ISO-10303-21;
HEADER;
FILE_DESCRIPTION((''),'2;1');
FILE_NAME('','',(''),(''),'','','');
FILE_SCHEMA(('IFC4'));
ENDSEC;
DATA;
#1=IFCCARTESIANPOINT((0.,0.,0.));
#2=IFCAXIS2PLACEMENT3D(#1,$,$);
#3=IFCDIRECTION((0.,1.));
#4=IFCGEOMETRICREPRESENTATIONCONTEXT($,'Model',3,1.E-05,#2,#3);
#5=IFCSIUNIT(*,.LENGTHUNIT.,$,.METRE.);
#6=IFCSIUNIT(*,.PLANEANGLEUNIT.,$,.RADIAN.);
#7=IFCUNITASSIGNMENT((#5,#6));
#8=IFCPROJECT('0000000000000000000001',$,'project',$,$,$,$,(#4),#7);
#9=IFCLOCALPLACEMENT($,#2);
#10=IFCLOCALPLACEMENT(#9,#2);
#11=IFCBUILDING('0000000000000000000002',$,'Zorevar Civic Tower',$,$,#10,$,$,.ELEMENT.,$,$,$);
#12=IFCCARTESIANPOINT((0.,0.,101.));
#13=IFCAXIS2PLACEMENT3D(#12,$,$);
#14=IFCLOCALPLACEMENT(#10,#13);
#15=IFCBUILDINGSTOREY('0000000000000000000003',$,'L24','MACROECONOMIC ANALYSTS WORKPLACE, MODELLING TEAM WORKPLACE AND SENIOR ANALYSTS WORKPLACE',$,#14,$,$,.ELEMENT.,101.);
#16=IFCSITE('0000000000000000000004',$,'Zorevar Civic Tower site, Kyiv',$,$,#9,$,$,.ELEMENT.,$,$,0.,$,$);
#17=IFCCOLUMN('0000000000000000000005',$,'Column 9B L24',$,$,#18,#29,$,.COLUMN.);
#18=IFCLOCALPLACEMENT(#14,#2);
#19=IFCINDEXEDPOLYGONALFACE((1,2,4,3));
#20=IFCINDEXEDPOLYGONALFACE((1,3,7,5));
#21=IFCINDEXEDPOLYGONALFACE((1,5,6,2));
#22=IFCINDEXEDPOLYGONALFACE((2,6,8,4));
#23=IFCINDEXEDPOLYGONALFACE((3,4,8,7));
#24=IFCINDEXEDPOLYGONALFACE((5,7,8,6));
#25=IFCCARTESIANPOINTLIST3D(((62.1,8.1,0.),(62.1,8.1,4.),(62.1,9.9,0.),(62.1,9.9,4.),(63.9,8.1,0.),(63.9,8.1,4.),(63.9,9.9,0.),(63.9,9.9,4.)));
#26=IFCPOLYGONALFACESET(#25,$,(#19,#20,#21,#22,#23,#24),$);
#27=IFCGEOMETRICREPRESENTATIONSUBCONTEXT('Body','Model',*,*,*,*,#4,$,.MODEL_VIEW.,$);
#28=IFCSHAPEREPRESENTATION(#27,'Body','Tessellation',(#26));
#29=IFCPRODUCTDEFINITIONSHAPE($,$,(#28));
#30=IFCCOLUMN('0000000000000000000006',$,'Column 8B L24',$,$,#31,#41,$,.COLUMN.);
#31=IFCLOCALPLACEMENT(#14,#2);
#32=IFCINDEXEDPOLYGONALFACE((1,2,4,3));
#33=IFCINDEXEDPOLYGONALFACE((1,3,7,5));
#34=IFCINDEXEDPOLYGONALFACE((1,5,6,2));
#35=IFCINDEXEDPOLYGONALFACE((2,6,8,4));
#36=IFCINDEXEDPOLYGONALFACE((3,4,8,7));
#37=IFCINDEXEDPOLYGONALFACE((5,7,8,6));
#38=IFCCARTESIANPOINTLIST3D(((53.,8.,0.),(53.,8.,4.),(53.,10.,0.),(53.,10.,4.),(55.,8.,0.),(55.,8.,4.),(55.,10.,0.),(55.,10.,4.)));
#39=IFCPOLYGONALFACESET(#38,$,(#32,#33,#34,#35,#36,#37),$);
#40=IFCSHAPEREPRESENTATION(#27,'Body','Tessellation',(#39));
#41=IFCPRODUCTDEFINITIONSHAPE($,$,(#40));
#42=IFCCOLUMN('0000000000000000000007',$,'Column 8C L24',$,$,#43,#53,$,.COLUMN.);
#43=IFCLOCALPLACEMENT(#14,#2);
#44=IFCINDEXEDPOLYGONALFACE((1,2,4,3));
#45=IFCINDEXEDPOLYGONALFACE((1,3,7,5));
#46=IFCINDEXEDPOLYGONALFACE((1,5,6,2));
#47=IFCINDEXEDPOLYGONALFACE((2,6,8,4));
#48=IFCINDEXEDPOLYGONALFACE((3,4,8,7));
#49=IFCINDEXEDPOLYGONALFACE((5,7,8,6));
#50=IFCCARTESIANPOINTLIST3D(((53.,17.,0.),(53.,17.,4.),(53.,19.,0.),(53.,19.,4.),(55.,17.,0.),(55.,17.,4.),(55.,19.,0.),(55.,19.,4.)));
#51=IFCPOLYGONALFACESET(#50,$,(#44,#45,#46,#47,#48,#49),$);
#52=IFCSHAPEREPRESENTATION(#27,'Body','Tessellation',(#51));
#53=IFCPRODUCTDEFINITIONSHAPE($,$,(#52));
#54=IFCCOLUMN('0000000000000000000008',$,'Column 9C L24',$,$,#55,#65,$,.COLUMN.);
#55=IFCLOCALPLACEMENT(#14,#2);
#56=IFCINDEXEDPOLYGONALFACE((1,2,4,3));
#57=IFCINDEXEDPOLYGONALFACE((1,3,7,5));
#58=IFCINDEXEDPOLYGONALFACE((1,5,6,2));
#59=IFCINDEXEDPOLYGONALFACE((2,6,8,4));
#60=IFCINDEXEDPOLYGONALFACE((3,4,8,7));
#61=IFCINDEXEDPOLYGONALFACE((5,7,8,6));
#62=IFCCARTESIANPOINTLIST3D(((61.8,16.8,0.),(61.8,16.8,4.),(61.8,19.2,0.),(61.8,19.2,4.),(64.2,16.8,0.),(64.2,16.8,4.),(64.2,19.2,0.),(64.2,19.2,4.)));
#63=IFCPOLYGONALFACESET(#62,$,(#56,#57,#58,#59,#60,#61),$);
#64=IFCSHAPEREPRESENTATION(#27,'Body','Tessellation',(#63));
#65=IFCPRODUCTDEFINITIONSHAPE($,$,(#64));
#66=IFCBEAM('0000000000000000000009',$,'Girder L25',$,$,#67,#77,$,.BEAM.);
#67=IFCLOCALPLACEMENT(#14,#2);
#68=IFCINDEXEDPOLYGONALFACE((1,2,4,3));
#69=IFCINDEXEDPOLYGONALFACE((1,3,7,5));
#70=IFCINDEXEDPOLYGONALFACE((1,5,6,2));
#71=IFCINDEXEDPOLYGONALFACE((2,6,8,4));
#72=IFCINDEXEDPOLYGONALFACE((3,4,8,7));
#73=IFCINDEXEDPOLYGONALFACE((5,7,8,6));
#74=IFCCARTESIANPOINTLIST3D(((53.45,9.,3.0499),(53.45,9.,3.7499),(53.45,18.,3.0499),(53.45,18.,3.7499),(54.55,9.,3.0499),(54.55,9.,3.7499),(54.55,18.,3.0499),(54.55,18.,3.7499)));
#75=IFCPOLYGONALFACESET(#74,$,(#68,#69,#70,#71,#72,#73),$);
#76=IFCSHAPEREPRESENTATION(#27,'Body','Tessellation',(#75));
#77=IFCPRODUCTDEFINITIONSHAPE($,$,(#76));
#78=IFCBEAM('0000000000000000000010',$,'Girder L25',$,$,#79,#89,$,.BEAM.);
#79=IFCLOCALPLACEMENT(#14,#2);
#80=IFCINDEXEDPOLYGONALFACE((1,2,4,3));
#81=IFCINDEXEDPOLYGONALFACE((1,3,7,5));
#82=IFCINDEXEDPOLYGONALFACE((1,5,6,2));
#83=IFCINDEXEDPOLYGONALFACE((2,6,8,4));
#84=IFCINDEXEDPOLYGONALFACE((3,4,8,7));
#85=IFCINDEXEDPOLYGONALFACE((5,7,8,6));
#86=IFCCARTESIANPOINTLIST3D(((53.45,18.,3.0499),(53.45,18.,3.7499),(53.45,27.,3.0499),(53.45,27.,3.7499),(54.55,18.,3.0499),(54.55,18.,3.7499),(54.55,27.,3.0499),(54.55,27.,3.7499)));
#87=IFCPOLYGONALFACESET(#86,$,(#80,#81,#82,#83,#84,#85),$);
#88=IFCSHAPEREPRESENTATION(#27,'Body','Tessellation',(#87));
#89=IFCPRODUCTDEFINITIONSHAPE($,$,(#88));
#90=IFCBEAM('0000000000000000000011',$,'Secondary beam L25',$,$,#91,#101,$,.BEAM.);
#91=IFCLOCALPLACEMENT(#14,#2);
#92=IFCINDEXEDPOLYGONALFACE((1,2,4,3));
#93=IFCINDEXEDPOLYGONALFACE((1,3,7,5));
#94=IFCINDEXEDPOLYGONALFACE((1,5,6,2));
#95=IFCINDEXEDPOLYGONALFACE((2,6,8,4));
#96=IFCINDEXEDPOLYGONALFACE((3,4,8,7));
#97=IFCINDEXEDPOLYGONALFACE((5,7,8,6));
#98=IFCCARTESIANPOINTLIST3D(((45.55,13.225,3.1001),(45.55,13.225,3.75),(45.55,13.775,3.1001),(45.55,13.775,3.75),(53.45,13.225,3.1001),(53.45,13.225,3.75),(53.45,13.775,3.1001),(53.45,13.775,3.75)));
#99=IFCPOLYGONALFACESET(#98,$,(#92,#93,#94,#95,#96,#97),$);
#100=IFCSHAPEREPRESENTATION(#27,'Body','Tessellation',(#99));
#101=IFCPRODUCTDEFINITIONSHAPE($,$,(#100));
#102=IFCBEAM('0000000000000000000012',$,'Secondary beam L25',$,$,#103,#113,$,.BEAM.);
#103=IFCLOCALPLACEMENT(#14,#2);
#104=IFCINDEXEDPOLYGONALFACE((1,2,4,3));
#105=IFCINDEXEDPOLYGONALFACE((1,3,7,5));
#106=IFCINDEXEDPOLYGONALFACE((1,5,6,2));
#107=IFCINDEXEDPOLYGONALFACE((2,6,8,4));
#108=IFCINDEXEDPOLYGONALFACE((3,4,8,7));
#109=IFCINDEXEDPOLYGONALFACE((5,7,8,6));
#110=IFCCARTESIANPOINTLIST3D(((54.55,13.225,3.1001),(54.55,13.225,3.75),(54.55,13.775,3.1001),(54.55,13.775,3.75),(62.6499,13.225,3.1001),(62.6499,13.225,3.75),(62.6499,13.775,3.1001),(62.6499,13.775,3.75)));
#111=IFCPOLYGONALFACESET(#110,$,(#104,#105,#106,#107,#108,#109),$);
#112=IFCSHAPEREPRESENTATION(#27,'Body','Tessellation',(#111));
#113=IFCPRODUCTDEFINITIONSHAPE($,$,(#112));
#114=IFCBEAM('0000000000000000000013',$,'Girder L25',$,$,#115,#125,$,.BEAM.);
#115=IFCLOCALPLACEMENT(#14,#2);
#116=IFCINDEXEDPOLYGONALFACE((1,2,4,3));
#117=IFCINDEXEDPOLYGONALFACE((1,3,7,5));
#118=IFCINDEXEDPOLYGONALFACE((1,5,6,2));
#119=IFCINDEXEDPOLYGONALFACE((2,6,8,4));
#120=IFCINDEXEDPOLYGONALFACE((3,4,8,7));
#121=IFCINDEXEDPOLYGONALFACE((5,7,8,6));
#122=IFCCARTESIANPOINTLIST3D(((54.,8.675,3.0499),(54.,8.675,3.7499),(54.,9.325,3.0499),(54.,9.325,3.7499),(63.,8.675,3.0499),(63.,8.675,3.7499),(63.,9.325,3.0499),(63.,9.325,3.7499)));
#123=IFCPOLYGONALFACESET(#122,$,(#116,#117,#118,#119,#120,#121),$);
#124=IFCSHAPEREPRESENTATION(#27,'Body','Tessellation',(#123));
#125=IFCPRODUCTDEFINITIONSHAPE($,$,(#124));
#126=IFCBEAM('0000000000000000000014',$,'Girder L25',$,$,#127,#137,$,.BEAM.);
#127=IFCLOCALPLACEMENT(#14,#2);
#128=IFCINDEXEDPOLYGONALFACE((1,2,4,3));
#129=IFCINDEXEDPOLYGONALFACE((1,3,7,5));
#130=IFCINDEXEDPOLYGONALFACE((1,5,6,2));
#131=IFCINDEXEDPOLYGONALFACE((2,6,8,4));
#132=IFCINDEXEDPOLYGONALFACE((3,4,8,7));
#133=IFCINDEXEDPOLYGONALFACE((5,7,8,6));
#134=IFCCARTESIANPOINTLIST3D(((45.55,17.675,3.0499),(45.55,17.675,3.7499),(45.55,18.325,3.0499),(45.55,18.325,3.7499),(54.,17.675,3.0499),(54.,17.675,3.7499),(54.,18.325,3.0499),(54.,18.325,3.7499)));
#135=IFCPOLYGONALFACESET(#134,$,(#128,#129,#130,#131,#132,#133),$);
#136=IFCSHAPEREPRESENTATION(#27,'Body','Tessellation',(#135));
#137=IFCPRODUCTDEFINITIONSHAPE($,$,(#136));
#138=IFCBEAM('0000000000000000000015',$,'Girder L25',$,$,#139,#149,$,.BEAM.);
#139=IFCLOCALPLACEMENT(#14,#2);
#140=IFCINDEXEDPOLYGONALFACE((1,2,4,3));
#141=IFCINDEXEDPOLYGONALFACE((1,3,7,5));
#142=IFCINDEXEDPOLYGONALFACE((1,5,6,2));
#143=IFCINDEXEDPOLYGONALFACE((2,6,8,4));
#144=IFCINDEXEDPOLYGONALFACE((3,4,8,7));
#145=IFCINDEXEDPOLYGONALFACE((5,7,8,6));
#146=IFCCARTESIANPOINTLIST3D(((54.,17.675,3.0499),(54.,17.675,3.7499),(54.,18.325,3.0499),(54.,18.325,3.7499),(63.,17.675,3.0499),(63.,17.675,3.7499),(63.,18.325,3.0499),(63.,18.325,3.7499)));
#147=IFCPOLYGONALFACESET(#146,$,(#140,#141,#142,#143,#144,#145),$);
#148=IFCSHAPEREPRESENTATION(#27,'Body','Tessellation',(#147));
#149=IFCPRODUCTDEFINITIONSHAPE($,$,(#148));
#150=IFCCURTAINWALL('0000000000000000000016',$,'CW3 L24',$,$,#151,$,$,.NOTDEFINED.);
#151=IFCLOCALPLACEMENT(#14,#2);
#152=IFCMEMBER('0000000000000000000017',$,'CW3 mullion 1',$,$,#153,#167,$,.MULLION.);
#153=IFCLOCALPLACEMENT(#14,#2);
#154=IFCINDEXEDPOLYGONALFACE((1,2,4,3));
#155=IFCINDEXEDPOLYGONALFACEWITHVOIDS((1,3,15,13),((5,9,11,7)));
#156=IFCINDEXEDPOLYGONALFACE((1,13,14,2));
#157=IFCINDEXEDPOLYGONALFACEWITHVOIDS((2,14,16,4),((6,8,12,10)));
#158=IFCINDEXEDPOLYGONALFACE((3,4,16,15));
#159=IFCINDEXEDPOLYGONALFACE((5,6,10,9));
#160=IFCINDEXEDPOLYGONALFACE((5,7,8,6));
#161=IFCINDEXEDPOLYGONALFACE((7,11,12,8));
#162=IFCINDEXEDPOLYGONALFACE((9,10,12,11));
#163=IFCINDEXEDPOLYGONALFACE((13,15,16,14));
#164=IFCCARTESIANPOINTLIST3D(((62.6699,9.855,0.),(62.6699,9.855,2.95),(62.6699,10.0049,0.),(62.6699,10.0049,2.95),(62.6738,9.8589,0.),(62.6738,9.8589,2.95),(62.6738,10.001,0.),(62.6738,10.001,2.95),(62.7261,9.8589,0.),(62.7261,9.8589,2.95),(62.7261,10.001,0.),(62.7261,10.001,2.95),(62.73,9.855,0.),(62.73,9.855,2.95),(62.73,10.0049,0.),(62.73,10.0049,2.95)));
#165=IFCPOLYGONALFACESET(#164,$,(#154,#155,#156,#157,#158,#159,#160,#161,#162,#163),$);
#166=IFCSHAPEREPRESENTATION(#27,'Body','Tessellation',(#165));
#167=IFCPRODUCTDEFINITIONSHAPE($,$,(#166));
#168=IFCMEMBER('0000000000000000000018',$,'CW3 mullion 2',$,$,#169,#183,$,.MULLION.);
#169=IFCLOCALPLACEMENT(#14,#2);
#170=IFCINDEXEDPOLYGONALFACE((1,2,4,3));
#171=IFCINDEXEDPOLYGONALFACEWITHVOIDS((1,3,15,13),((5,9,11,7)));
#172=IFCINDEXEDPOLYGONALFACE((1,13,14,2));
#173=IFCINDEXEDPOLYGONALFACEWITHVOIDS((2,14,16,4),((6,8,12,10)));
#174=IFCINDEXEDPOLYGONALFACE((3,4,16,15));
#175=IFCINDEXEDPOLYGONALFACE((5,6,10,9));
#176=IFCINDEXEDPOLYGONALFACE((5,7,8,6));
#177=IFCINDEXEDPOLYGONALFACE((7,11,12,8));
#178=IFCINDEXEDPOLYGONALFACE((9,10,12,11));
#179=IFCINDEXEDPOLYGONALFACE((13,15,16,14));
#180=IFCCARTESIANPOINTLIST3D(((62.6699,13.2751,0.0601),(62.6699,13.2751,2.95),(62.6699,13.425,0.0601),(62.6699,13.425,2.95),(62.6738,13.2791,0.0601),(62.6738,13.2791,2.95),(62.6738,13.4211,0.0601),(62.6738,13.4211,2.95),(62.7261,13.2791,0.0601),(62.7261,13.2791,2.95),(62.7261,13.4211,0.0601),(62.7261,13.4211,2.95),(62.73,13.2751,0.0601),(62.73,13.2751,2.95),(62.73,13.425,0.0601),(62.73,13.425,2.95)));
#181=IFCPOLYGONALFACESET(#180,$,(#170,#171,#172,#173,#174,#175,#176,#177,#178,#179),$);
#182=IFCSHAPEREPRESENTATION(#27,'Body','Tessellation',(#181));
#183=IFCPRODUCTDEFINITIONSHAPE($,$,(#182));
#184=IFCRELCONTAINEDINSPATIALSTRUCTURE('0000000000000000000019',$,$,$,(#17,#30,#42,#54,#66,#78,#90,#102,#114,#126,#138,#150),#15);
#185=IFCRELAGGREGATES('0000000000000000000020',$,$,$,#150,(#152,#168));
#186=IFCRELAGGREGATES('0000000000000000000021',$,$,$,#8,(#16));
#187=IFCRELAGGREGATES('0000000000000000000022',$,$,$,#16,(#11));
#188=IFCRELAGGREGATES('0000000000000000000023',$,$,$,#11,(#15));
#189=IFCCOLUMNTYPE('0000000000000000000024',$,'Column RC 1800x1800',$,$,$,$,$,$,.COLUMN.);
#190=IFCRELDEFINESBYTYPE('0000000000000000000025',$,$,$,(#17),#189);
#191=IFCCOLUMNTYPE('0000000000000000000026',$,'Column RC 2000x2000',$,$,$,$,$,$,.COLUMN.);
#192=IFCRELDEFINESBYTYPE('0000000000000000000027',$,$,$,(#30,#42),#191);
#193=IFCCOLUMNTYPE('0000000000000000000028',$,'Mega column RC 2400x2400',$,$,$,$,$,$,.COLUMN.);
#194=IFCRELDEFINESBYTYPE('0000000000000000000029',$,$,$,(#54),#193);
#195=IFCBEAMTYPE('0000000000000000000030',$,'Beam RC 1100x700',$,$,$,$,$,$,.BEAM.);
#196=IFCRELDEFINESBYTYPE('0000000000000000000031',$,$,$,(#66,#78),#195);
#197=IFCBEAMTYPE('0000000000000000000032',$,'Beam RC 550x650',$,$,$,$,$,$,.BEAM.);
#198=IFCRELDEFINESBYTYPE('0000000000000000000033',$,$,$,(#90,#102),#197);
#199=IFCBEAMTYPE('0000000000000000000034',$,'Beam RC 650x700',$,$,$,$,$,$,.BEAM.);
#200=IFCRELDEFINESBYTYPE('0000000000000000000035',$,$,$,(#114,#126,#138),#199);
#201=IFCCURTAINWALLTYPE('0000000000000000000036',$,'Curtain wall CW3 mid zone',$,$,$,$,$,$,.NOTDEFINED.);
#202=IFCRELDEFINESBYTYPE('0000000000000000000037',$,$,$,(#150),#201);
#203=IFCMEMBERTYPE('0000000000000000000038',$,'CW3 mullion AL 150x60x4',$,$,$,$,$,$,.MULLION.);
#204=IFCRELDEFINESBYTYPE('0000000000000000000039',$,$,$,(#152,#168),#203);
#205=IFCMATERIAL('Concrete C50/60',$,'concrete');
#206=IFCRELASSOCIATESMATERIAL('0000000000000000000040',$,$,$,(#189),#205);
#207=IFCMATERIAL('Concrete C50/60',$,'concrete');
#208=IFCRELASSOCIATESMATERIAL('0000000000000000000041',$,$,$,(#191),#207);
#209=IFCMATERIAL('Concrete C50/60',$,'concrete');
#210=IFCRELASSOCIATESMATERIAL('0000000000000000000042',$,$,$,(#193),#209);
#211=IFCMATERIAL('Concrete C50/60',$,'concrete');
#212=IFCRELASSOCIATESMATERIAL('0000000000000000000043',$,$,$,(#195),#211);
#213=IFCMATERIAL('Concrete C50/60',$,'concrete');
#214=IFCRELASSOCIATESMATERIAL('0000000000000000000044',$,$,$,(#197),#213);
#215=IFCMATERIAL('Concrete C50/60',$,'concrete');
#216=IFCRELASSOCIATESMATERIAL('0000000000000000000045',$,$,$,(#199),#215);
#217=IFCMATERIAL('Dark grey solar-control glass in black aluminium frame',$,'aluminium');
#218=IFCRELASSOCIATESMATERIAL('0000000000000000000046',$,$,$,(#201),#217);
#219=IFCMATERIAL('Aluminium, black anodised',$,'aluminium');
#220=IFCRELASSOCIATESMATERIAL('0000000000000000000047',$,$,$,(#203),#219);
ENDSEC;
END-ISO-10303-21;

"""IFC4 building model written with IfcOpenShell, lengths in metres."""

from ifc_helpers import new_model, si_unit, direction, frame, origin, origin_2d, place, context, subcontext, project, spatial, rectangle, hollow_rectangle, extrude, material, material_profile, profile_set, type_object, element, aggregate, save


model = new_model("IFC4")

# Units and contexts
model_context = context("Model", 3, precision=1e-05, world=origin(), true_north=direction((0.0, 1.0)))
body_context = subcontext(model_context, "Body", "Model", "MODEL_VIEW")
ifc_project = project(units=[si_unit("LENGTHUNIT", "METRE"), si_unit("PLANEANGLEUNIT", "RADIAN")], contexts=[model_context])

# Site, building, storey
site_placement = place(None, origin())
site = spatial("IfcSite", under=ifc_project, at=site_placement, Name="Zorevar Civic Tower site, Kyiv", CompositionType="ELEMENT", RefElevation=0.0)
building_placement = place(site_placement, origin())
building = spatial("IfcBuilding", under=site, at=building_placement, Name="Zorevar Civic Tower", CompositionType="ELEMENT")
storey_placement = place(building_placement, frame((0.0, 0.0, 101.0)))
storey = spatial("IfcBuildingStorey", under=building, at=storey_placement, Name="L24", Description="MACROECONOMIC ANALYSTS WORKPLACE, MODELLING TEAM WORKPLACE AND SENIOR ANALYSTS WORKPLACE", CompositionType="ELEMENT", Elevation=101.0)

# Columns
ifc_material_1 = material(Name="Concrete C50/60", Category="concrete")
ifc_material_profile_1 = material_profile(ifc_material_1, rectangle(XDim=1.8, YDim=1.8, at=origin_2d()), Name="RC 1800x1800")
ifc_profile_set_1 = profile_set([ifc_material_profile_1], Name="Concrete C50/60")
column_type_1 = type_object("IfcColumnType", Name="Column RC 1800x1800", PredefinedType="COLUMN", material=ifc_profile_set_1)
column_1_placement = place(storey_placement, frame((63.0, 9.0, 0.0), z_axis=(0.0, 0.0, 1.0), x_axis=(1.0, 0.0, 0.0)))
element("IfcColumn", 1, at=column_1_placement, inside=storey, type_object=column_type_1, Name="Column 9B L24", PredefinedType="COLUMN", context=body_context, shape_type="SweptSolid", body=[
    extrude(rectangle(XDim=1.8, YDim=1.8, at=origin_2d()), origin(), (0.0, 0.0, 1.0), 4.0),
])
ifc_material_2 = material(Name="Concrete C50/60", Category="concrete")
ifc_material_profile_2 = material_profile(ifc_material_2, rectangle(XDim=2.0, YDim=2.0, at=origin_2d()), Name="RC 2000x2000")
ifc_profile_set_2 = profile_set([ifc_material_profile_2], Name="Concrete C50/60")
column_type_2 = type_object("IfcColumnType", Name="Column RC 2000x2000", PredefinedType="COLUMN", material=ifc_profile_set_2)
for number, where, z_axis, x_axis, name in (
    (2, (54.0, 9.0, 0.0), (0.0, 0.0, 1.0), (1.0, 0.0, 0.0), "Column 8B L24"),
    (3, (54.0, 18.0, 0.0), (0.0, 0.0, 1.0), (1.0, 0.0, 0.0), "Column 8C L24"),
):
    element("IfcColumn", number, at=place(storey_placement, frame(where, z_axis=z_axis, x_axis=x_axis)), inside=storey, type_object=column_type_2, Name=name, PredefinedType="COLUMN", context=body_context, shape_type="SweptSolid", body=[
        extrude(rectangle(XDim=2.0, YDim=2.0, at=origin_2d()), origin(), (0.0, 0.0, 1.0), 4.0),
    ])
ifc_material_3 = material(Name="Concrete C50/60", Category="concrete")
ifc_material_profile_3 = material_profile(ifc_material_3, rectangle(XDim=2.3999, YDim=2.3999, at=origin_2d()), Name="RC 2400x2400")
ifc_profile_set_3 = profile_set([ifc_material_profile_3], Name="Concrete C50/60")
column_type_3 = type_object("IfcColumnType", Name="Mega column RC 2400x2400", PredefinedType="COLUMN", material=ifc_profile_set_3)
column_2_placement = place(storey_placement, frame((63.0, 18.0, 0.0), z_axis=(0.0, 0.0, 1.0), x_axis=(1.0, 0.0, 0.0)))
element("IfcColumn", 4, at=column_2_placement, inside=storey, type_object=column_type_3, Name="Column 9C L24", PredefinedType="COLUMN", context=body_context, shape_type="SweptSolid", body=[
    extrude(rectangle(XDim=2.3999, YDim=2.3999, at=origin_2d()), origin(), (0.0, 0.0, 1.0), 4.0),
])

# Beams
ifc_material_4 = material(Name="Concrete C50/60", Category="concrete")
ifc_material_profile_4 = material_profile(ifc_material_4, rectangle(XDim=1.1001, YDim=0.7, at=origin_2d()), Name="RC 1100x700")
ifc_profile_set_4 = profile_set([ifc_material_profile_4], Name="Concrete C50/60")
beam_type_1 = type_object("IfcBeamType", Name="Beam RC 1100x700", PredefinedType="BEAM", material=ifc_profile_set_4)
for number, where, z_axis, x_axis, name in (
    (5, (54.0, 9.0, 3.3999), (0.0, 1.0, 0.0), (-1.0, 0.0, 0.0), "Girder L25"),
    (6, (54.0, 18.0, 3.3999), (0.0, 1.0, 0.0), (-1.0, 0.0, 0.0), "Girder L25"),
):
    element("IfcBeam", number, at=place(storey_placement, frame(where, z_axis=z_axis, x_axis=x_axis)), inside=storey, type_object=beam_type_1, Name=name, PredefinedType="BEAM", context=body_context, shape_type="SweptSolid", body=[
        extrude(rectangle(XDim=1.1001, YDim=0.7, at=origin_2d()), origin(), (0.0, 0.0, 1.0), 9.0),
    ])
ifc_material_5 = material(Name="Concrete C50/60", Category="concrete")
ifc_material_profile_5 = material_profile(ifc_material_5, rectangle(XDim=0.55, YDim=0.6499, at=origin_2d()), Name="RC 550x650")
ifc_profile_set_5 = profile_set([ifc_material_profile_5], Name="Concrete C50/60")
beam_type_2 = type_object("IfcBeamType", Name="Beam RC 550x650", PredefinedType="BEAM", material=ifc_profile_set_5)
beam_1_placement = place(storey_placement, frame((45.55, 13.5, 3.425), z_axis=(1.0, 0.0, 0.0), x_axis=(0.0, 1.0, 0.0)))
element("IfcBeam", 7, at=beam_1_placement, inside=storey, type_object=beam_type_2, Name="Secondary beam L25", PredefinedType="BEAM", context=body_context, shape_type="SweptSolid", body=[
    extrude(rectangle(XDim=0.55, YDim=0.6499, at=origin_2d()), origin(), (0.0, 0.0, 1.0), 7.8999),
])
beam_2_placement = place(storey_placement, frame((54.55, 13.5, 3.425), z_axis=(1.0, 0.0, 0.0), x_axis=(0.0, 1.0, 0.0)))
element("IfcBeam", 8, at=beam_2_placement, inside=storey, type_object=beam_type_2, Name="Secondary beam L25", PredefinedType="BEAM", context=body_context, shape_type="SweptSolid", body=[
    extrude(rectangle(XDim=0.55, YDim=0.6499, at=origin_2d()), origin(), (0.0, 0.0, 1.0), 8.0999),
])
ifc_material_6 = material(Name="Concrete C50/60", Category="concrete")
ifc_material_profile_6 = material_profile(ifc_material_6, rectangle(XDim=0.6499, YDim=0.7, at=origin_2d()), Name="RC 650x700")
ifc_profile_set_6 = profile_set([ifc_material_profile_6], Name="Concrete C50/60")
beam_type_3 = type_object("IfcBeamType", Name="Beam RC 650x700", PredefinedType="BEAM", material=ifc_profile_set_6)
beam_3_placement = place(storey_placement, frame((54.0, 9.0, 3.3999), z_axis=(1.0, 0.0, 0.0), x_axis=(0.0, 1.0, 0.0)))
element("IfcBeam", 9, at=beam_3_placement, inside=storey, type_object=beam_type_3, Name="Girder L25", PredefinedType="BEAM", context=body_context, shape_type="SweptSolid", body=[
    extrude(rectangle(XDim=0.6499, YDim=0.7, at=origin_2d()), origin(), (0.0, 0.0, 1.0), 9.0),
])
beam_4_placement = place(storey_placement, frame((45.55, 18.0, 3.3999), z_axis=(1.0, 0.0, 0.0), x_axis=(0.0, 1.0, 0.0)))
element("IfcBeam", 10, at=beam_4_placement, inside=storey, type_object=beam_type_3, Name="Girder L25", PredefinedType="BEAM", context=body_context, shape_type="SweptSolid", body=[
    extrude(rectangle(XDim=0.6499, YDim=0.7, at=origin_2d()), origin(), (0.0, 0.0, 1.0), 8.45),
])
beam_5_placement = place(storey_placement, frame((54.0, 18.0, 3.3999), z_axis=(1.0, 0.0, 0.0), x_axis=(0.0, 1.0, 0.0)))
element("IfcBeam", 11, at=beam_5_placement, inside=storey, type_object=beam_type_3, Name="Girder L25", PredefinedType="BEAM", context=body_context, shape_type="SweptSolid", body=[
    extrude(rectangle(XDim=0.6499, YDim=0.7, at=origin_2d()), origin(), (0.0, 0.0, 1.0), 9.0),
])

# Curtain wall, members
ifc_material_7 = material(Name="Dark grey solar-control glass in black aluminium frame", Category="aluminium")
curtain_wall_type = type_object("IfcCurtainWallType", Name="Curtain wall CW3 mid zone", PredefinedType="NOTDEFINED", material=ifc_material_7)
curtain_wall_placement = place(storey_placement, origin())
curtain_wall = element("IfcCurtainWall", 12, at=curtain_wall_placement, inside=storey, type_object=curtain_wall_type, Name="CW3 L24", PredefinedType="NOTDEFINED")
ifc_material_8 = material(Name="Aluminium, black anodised", Category="aluminium")
ifc_material_profile_7 = material_profile(ifc_material_8, hollow_rectangle(XDim=0.0601, YDim=0.1499, WallThickness=0.0039, at=origin_2d()), Name="AL 150x60x4")
ifc_profile_set_7 = profile_set([ifc_material_profile_7], Name="Aluminium, black anodised")
member_type_1 = type_object("IfcMemberType", Name="CW3 mullion AL 150x60x4", PredefinedType="MULLION", material=ifc_profile_set_7)
member_1_placement = place(storey_placement, frame((62.7, 9.9299, 0.0), z_axis=(0.0, 0.0, 1.0), x_axis=(-1.0, 0.0, 0.0)))
member_1 = element("IfcMember", 13, at=member_1_placement, type_object=member_type_1, Name="CW3 mullion 1", PredefinedType="MULLION", context=body_context, shape_type="SweptSolid", body=[
    extrude(hollow_rectangle(XDim=0.0601, YDim=0.1499, WallThickness=0.0039, at=origin_2d()), origin(), (0.0, 0.0, 1.0), 2.95),
])
member_2_placement = place(storey_placement, frame((62.7, 13.3501, 0.0601), z_axis=(0.0, 0.0, 1.0), x_axis=(-1.0, 0.0, 0.0)))
member_2 = element("IfcMember", 14, at=member_2_placement, type_object=member_type_1, Name="CW3 mullion 2", PredefinedType="MULLION", context=body_context, shape_type="SweptSolid", body=[
    extrude(hollow_rectangle(XDim=0.0601, YDim=0.1499, WallThickness=0.0039, at=origin_2d()), origin(), (0.0, 0.0, 1.0), 2.8899),
])

aggregate(curtain_wall, [member_1, member_2])

save(model, "model.ifc")
